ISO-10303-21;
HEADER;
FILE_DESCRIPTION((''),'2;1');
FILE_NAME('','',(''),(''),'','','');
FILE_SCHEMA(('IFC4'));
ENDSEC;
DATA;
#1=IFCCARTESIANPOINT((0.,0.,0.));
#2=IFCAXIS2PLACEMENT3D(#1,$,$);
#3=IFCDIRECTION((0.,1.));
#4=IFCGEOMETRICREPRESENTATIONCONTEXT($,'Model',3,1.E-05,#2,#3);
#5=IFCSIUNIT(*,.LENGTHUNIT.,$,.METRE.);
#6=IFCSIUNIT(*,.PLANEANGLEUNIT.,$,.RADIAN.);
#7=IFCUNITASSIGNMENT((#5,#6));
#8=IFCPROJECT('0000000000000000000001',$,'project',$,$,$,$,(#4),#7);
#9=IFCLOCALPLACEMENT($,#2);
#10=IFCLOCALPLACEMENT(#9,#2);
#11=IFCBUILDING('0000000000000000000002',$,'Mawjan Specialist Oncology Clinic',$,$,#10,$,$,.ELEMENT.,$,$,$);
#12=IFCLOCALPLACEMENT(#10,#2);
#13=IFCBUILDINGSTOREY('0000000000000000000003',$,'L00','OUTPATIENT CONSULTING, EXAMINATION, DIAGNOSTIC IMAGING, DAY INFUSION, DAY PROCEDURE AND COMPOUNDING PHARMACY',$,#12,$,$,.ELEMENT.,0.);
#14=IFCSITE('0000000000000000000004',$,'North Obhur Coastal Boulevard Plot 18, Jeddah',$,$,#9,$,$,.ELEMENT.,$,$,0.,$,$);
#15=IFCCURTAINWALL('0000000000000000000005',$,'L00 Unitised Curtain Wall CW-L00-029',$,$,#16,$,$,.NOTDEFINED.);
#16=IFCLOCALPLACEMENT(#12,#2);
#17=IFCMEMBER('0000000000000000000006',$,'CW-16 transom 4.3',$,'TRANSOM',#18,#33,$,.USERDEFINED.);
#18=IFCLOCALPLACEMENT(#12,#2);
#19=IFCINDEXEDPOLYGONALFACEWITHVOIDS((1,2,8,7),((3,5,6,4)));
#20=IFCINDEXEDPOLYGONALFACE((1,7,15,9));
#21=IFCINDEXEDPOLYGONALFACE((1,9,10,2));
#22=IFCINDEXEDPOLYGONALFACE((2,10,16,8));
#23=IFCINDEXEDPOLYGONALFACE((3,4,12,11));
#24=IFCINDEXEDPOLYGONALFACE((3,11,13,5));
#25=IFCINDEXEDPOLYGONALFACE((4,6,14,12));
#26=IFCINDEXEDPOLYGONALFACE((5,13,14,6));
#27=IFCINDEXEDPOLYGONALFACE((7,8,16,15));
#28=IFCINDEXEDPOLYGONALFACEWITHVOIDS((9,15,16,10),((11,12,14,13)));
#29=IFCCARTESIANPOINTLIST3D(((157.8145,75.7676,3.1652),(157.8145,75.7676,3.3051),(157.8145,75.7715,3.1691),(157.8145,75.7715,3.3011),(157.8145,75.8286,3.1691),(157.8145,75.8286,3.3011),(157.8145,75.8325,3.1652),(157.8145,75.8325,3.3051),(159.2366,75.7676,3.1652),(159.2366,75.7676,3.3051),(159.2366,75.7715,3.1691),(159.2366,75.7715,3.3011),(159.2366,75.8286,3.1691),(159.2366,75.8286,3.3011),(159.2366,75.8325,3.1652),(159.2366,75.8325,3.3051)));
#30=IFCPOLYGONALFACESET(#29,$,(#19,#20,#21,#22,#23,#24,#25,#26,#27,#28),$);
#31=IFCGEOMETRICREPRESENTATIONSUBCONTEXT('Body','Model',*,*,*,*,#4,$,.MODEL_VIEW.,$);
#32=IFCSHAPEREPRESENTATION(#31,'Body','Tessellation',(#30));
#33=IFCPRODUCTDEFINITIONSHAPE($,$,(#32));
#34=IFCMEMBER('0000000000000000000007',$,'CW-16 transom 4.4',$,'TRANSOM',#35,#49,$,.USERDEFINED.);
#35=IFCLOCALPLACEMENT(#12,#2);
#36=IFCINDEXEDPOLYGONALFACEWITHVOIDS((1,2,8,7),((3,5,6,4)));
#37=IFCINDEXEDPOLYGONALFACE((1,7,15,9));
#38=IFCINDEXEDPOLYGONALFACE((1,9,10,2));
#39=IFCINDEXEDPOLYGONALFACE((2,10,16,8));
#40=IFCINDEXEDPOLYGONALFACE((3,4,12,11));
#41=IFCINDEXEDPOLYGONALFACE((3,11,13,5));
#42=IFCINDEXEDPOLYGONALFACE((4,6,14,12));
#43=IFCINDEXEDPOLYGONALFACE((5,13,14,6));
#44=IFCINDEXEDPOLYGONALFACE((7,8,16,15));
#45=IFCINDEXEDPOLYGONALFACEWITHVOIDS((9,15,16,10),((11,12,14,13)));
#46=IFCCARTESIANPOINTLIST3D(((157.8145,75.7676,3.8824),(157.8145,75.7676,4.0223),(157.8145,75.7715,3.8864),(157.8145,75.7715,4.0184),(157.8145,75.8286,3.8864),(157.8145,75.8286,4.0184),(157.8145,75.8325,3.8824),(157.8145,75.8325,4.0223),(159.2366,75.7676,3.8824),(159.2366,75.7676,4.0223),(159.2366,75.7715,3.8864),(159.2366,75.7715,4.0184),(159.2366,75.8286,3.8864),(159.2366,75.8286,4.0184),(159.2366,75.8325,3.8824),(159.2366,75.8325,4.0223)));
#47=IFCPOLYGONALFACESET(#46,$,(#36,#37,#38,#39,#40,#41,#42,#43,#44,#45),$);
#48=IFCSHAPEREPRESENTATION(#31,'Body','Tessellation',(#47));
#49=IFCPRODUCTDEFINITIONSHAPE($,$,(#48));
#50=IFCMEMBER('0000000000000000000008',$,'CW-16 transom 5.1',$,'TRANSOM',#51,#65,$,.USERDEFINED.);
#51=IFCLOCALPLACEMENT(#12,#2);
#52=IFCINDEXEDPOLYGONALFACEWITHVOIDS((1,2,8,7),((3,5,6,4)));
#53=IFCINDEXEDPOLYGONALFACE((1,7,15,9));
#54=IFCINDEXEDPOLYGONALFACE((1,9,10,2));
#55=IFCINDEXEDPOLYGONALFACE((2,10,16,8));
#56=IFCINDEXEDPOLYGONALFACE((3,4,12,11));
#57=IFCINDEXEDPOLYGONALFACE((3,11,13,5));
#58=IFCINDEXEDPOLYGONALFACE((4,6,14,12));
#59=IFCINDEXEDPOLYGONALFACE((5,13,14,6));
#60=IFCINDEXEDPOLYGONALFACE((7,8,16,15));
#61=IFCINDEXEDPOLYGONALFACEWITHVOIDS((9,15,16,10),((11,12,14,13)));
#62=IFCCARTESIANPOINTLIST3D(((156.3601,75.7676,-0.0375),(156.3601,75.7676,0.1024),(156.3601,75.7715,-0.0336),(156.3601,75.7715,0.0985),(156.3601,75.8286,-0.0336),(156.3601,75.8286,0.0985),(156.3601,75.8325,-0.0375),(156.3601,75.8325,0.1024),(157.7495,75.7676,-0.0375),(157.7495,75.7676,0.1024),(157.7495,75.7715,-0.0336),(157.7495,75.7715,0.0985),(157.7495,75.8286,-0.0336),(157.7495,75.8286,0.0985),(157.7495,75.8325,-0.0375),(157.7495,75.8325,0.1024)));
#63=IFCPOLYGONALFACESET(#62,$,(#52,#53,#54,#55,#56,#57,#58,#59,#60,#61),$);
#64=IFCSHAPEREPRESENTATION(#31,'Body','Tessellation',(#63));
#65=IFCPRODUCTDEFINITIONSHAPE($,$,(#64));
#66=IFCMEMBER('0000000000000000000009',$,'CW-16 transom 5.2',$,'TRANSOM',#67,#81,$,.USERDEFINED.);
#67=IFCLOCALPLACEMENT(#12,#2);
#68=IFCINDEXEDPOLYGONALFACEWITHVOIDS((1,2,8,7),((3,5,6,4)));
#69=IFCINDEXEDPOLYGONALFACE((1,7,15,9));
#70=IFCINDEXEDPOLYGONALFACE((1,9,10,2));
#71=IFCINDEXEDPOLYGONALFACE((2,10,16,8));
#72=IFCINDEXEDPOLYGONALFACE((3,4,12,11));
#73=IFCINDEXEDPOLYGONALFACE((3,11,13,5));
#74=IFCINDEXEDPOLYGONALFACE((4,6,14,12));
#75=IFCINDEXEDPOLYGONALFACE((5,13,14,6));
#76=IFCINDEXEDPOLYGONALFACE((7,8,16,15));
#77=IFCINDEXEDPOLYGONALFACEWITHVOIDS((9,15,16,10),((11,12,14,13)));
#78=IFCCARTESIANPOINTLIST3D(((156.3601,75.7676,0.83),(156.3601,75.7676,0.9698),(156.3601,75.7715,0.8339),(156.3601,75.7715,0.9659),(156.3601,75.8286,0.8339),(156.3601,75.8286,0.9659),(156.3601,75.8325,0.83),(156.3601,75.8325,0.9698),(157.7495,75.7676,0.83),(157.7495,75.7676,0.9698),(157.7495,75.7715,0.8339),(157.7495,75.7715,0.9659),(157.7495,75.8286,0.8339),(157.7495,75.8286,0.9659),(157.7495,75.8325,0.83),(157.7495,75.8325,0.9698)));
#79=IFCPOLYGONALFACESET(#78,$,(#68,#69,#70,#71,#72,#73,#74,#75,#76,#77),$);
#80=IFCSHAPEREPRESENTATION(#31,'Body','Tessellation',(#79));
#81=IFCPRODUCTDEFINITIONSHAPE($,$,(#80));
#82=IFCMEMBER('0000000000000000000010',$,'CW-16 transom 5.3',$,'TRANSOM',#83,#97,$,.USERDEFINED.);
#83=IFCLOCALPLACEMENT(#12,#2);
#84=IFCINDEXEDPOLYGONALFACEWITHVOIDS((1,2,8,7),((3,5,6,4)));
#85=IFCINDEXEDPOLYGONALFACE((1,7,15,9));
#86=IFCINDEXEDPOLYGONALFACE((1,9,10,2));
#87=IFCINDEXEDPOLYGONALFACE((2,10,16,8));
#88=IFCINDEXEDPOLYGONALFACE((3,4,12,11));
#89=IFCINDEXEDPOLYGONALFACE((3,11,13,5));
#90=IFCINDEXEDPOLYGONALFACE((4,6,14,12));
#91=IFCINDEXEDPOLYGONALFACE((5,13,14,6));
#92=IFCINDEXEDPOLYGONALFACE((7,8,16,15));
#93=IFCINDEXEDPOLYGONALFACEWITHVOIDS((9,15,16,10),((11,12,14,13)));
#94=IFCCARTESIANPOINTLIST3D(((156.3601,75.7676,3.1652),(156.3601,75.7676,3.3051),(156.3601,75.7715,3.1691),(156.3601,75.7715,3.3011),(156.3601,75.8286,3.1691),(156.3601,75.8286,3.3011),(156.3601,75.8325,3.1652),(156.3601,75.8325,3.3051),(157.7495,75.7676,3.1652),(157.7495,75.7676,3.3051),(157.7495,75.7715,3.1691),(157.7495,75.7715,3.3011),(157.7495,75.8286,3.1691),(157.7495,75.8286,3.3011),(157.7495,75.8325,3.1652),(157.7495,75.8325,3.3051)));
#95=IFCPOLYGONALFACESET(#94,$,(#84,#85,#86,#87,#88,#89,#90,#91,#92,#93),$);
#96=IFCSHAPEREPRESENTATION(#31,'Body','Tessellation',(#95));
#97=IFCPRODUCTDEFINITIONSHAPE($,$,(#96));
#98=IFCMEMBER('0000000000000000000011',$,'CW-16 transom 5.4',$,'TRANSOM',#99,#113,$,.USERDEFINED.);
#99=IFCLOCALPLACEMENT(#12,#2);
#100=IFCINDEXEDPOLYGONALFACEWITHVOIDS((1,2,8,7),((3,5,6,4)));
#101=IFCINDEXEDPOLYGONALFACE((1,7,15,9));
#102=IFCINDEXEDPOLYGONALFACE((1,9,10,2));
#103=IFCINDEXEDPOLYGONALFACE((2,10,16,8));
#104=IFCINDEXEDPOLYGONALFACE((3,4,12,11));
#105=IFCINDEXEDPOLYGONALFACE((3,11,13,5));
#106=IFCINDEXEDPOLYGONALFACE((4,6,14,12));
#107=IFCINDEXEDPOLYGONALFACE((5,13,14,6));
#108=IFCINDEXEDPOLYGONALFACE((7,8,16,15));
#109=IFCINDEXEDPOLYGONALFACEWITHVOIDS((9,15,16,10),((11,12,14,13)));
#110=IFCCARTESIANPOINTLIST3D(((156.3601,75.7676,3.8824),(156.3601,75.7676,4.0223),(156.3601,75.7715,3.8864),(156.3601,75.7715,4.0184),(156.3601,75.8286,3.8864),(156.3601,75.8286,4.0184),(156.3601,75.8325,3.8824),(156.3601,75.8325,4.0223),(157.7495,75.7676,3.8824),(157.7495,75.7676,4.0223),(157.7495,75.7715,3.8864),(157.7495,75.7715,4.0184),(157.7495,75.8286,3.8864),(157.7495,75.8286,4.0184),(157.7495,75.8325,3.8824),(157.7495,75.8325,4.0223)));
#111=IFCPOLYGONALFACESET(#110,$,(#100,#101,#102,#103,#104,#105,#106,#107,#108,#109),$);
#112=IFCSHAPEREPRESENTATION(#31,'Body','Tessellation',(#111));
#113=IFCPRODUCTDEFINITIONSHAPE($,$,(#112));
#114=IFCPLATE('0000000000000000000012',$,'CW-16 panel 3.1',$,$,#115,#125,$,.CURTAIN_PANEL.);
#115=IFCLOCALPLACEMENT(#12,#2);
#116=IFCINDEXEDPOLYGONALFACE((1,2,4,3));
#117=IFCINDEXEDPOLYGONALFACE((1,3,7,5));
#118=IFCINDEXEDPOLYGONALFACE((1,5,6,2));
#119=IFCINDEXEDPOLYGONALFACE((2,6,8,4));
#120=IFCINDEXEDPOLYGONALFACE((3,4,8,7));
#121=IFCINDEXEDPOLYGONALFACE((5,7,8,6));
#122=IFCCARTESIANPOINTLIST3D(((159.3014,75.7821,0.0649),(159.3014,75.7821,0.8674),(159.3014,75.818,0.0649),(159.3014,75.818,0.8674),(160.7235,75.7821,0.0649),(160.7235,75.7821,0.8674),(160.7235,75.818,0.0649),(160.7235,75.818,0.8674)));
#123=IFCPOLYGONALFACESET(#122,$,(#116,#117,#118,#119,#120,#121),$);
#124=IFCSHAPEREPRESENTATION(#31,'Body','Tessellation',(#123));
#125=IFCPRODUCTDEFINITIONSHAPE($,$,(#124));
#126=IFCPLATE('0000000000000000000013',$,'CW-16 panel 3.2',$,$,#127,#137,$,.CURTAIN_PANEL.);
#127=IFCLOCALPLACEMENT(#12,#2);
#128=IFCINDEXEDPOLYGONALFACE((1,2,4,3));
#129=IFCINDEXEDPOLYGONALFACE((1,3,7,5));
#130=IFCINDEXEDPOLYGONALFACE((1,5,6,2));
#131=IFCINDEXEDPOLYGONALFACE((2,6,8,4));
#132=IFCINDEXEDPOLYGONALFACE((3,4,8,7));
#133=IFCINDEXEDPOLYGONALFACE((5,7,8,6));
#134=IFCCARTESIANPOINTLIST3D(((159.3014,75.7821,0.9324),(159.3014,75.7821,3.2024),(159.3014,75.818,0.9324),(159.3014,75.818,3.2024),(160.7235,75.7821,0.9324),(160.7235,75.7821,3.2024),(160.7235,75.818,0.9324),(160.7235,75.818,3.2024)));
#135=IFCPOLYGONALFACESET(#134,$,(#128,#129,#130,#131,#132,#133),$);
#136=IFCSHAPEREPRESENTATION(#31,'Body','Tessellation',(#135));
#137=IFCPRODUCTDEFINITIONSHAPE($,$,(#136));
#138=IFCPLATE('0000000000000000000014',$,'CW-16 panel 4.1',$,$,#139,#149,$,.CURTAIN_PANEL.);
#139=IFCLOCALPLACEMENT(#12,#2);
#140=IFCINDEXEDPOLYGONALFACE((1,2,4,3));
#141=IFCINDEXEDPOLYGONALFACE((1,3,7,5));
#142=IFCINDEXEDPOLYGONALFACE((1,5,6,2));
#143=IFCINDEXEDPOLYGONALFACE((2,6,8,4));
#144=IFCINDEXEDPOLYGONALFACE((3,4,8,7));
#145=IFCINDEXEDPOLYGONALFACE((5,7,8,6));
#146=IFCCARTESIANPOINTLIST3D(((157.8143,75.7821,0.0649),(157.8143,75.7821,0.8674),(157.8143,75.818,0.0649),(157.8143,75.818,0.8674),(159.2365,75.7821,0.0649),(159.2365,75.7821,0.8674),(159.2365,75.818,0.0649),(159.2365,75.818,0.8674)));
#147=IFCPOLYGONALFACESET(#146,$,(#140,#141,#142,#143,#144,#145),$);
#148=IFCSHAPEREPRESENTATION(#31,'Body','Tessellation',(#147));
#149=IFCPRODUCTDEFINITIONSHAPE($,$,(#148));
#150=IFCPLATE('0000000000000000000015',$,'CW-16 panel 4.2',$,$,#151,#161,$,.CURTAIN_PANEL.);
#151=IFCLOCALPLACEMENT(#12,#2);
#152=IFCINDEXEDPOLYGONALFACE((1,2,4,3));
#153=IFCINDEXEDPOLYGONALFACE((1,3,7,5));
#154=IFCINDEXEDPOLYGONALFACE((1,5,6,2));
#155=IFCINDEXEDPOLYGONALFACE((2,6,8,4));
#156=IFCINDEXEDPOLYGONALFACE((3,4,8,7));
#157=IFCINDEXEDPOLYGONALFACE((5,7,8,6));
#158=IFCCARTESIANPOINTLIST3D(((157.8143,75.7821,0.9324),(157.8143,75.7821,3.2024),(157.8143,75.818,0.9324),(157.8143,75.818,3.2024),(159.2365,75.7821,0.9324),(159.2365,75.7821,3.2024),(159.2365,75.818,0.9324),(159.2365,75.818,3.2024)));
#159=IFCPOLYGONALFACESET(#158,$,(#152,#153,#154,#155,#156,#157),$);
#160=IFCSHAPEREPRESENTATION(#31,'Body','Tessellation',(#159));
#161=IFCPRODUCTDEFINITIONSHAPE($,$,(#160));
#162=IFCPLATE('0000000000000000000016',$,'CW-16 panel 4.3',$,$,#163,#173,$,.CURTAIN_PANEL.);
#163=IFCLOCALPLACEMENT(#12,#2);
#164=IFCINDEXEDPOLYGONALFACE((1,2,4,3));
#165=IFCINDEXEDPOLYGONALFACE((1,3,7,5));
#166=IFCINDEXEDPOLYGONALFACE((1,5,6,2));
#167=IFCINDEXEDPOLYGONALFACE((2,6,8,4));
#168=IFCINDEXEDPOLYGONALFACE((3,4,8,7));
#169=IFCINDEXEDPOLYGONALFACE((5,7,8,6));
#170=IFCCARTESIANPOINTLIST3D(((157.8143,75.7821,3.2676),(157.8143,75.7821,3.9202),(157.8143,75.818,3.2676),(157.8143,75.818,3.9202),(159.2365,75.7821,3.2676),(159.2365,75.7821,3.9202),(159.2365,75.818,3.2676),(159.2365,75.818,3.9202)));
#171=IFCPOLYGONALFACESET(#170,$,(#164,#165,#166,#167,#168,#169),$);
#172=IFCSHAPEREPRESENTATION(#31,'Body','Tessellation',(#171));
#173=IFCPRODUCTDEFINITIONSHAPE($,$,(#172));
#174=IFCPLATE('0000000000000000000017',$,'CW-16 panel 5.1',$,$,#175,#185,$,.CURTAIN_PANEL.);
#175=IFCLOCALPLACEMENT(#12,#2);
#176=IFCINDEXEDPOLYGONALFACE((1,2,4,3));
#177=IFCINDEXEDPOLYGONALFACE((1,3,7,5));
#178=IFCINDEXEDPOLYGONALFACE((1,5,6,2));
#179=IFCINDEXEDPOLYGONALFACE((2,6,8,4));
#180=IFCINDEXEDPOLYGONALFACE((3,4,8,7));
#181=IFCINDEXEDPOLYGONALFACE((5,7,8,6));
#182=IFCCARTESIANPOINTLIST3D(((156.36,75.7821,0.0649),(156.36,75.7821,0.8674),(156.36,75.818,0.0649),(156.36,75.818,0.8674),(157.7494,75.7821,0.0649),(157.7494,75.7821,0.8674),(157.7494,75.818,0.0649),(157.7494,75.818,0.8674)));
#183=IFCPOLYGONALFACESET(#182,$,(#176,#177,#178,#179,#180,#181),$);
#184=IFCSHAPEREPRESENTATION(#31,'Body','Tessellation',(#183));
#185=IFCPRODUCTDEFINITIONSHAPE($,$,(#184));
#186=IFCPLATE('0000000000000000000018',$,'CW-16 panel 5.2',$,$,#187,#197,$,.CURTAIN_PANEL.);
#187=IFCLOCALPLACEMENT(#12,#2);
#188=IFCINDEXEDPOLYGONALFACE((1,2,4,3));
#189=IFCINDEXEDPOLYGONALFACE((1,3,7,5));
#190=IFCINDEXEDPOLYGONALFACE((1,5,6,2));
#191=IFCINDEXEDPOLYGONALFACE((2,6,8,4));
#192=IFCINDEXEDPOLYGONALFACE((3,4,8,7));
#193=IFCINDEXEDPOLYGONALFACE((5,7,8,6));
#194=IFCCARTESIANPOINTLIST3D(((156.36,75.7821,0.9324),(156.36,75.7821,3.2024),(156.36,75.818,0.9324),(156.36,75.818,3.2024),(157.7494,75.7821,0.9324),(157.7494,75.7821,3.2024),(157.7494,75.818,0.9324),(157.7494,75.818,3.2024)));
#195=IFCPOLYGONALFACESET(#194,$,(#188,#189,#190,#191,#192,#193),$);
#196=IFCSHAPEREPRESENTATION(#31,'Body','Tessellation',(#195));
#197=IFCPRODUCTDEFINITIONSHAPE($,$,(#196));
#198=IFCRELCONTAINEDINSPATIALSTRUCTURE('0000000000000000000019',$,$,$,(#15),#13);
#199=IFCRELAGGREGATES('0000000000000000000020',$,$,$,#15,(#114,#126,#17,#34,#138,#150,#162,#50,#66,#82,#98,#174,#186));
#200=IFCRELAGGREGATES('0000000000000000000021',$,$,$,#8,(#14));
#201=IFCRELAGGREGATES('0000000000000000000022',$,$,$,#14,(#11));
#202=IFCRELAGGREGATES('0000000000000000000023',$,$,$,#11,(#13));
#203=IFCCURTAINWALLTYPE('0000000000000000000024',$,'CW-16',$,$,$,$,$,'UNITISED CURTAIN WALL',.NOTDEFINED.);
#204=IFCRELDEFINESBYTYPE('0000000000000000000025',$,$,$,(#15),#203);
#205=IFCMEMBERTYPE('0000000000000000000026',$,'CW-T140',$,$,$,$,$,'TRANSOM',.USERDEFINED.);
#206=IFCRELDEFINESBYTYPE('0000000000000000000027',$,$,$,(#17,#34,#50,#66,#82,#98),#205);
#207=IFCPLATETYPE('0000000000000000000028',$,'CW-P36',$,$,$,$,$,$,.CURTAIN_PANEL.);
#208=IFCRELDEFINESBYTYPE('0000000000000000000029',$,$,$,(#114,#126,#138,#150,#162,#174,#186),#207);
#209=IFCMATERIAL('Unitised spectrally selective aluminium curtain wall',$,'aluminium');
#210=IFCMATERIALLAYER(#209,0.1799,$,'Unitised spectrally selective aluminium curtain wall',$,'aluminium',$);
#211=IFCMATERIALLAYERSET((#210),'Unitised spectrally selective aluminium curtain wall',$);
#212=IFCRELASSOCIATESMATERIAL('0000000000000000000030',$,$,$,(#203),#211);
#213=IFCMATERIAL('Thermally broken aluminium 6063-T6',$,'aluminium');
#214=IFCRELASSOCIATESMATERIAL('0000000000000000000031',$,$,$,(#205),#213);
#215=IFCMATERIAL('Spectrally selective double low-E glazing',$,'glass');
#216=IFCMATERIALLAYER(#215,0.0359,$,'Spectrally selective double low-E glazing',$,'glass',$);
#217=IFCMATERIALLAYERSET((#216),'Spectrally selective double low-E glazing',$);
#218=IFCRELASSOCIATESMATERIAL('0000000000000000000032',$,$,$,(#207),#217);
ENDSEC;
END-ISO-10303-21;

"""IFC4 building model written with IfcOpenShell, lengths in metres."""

from ifc_helpers import new_model, si_unit, direction, frame, origin, origin_2d, place, context, subcontext, project, spatial, rectangle, hollow_rectangle, extrude, material, layer, layer_set, material_profile, profile_set, type_object, element, aggregate, save


model = new_model("IFC4")

# Units and contexts
model_context = context("Model", 3, precision=1e-05, world=origin(), true_north=direction((0.0, 1.0)))
body_context = subcontext(model_context, "Body", "Model", "MODEL_VIEW")
ifc_project = project(units=[si_unit("LENGTHUNIT", "METRE"), si_unit("PLANEANGLEUNIT", "RADIAN")], contexts=[model_context])

# Site, building, storey
site_placement = place(None, origin())
site = spatial("IfcSite", under=ifc_project, at=site_placement, Name="North Obhur Coastal Boulevard Plot 18, Jeddah", CompositionType="ELEMENT", RefElevation=0.0)
building_placement = place(site_placement, origin())
building = spatial("IfcBuilding", under=site, at=building_placement, Name="Mawjan Specialist Oncology Clinic", CompositionType="ELEMENT")
storey_placement = place(building_placement, origin())
storey = spatial("IfcBuildingStorey", under=building, at=storey_placement, Name="L00", Description="OUTPATIENT CONSULTING, EXAMINATION, DIAGNOSTIC IMAGING, DAY INFUSION, DAY PROCEDURE AND COMPOUNDING PHARMACY", CompositionType="ELEMENT", Elevation=0.0)

# Curtain wall, members, plates
ifc_material_1 = material(Name="Unitised spectrally selective aluminium curtain wall", Category="aluminium")
ifc_layer_1 = layer(ifc_material_1, 0.1799, Name="Unitised spectrally selective aluminium curtain wall", Category="aluminium")
ifc_layer_set_1 = layer_set([ifc_layer_1], Name="Unitised spectrally selective aluminium curtain wall")
curtain_wall_type = type_object("IfcCurtainWallType", Name="CW-16", ElementType="UNITISED CURTAIN WALL", PredefinedType="NOTDEFINED", material=ifc_layer_set_1)
curtain_wall_placement = place(storey_placement, origin())
curtain_wall = element("IfcCurtainWall", 1, at=curtain_wall_placement, inside=storey, type_object=curtain_wall_type, Name="L00 Unitised Curtain Wall CW-L00-029", PredefinedType="NOTDEFINED")
ifc_material_2 = material(Name="Thermally broken aluminium 6063-T6", Category="aluminium")
ifc_material_profile_1 = material_profile(ifc_material_2, hollow_rectangle(XDim=0.0649, YDim=0.1399, WallThickness=0.0039, at=origin_2d()), Name="ALU TRANSOM 140x65x4", Category="aluminium")
ifc_profile_set_1 = profile_set([ifc_material_profile_1], Name="Thermally broken aluminium 6063-T6")
member_type_1 = type_object("IfcMemberType", Name="CW-T140", ElementType="TRANSOM", PredefinedType="USERDEFINED", material=ifc_profile_set_1)
member_1_placement = place(storey_placement, frame((159.2366, 75.8, 3.2351), z_axis=(-1.0, 0.0, 0.0), x_axis=(0.0, -1.0, 0.0)))
member_1 = element("IfcMember", 2, at=member_1_placement, type_object=member_type_1, Name="CW-16 transom 4.3", ObjectType="TRANSOM", PredefinedType="USERDEFINED", context=body_context, shape_type="SweptSolid", body=[
    extrude(hollow_rectangle(XDim=0.0649, YDim=0.1399, WallThickness=0.0039, at=origin_2d()), origin(), (0.0, 0.0, 1.0), 1.4221),
])
member_2_placement = place(storey_placement, frame((159.2366, 75.8, 3.9524), z_axis=(-1.0, 0.0, 0.0), x_axis=(0.0, -1.0, 0.0)))
member_2 = element("IfcMember", 3, at=member_2_placement, type_object=member_type_1, Name="CW-16 transom 4.4", ObjectType="TRANSOM", PredefinedType="USERDEFINED", context=body_context, shape_type="SweptSolid", body=[
    extrude(hollow_rectangle(XDim=0.0649, YDim=0.1399, WallThickness=0.0039, at=origin_2d()), origin(), (0.0, 0.0, 1.0), 1.4221),
])
member_3_placement = place(storey_placement, frame((157.7495, 75.8, 0.0325), z_axis=(-1.0, 0.0, 0.0), x_axis=(0.0, -1.0, 0.0)))
member_3 = element("IfcMember", 4, at=member_3_placement, type_object=member_type_1, Name="CW-16 transom 5.1", ObjectType="TRANSOM", PredefinedType="USERDEFINED", context=body_context, shape_type="SweptSolid", body=[
    extrude(hollow_rectangle(XDim=0.0649, YDim=0.1399, WallThickness=0.0039, at=origin_2d()), origin(), (0.0, 0.0, 1.0), 1.3894),
])
member_4_placement = place(storey_placement, frame((157.7495, 75.8, 0.8999), z_axis=(-1.0, 0.0, 0.0), x_axis=(0.0, -1.0, 0.0)))
member_4 = element("IfcMember", 5, at=member_4_placement, type_object=member_type_1, Name="CW-16 transom 5.2", ObjectType="TRANSOM", PredefinedType="USERDEFINED", context=body_context, shape_type="SweptSolid", body=[
    extrude(hollow_rectangle(XDim=0.0649, YDim=0.1399, WallThickness=0.0039, at=origin_2d()), origin(), (0.0, 0.0, 1.0), 1.3894),
])
member_5_placement = place(storey_placement, frame((157.7495, 75.8, 3.2351), z_axis=(-1.0, 0.0, 0.0), x_axis=(0.0, -1.0, 0.0)))
member_5 = element("IfcMember", 6, at=member_5_placement, type_object=member_type_1, Name="CW-16 transom 5.3", ObjectType="TRANSOM", PredefinedType="USERDEFINED", context=body_context, shape_type="SweptSolid", body=[
    extrude(hollow_rectangle(XDim=0.0649, YDim=0.1399, WallThickness=0.0039, at=origin_2d()), origin(), (0.0, 0.0, 1.0), 1.3894),
])
member_6_placement = place(storey_placement, frame((157.7495, 75.8, 3.9524), z_axis=(-1.0, 0.0, 0.0), x_axis=(0.0, -1.0, 0.0)))
member_6 = element("IfcMember", 7, at=member_6_placement, type_object=member_type_1, Name="CW-16 transom 5.4", ObjectType="TRANSOM", PredefinedType="USERDEFINED", context=body_context, shape_type="SweptSolid", body=[
    extrude(hollow_rectangle(XDim=0.0649, YDim=0.1399, WallThickness=0.0039, at=origin_2d()), origin(), (0.0, 0.0, 1.0), 1.3894),
])
ifc_material_3 = material(Name="Spectrally selective double low-E glazing", Category="glass")
ifc_layer_2 = layer(ifc_material_3, 0.0359, Name="Spectrally selective double low-E glazing", Category="glass")
ifc_layer_set_2 = layer_set([ifc_layer_2], Name="Spectrally selective double low-E glazing")
plate_type = type_object("IfcPlateType", Name="CW-P36", PredefinedType="CURTAIN_PANEL", material=ifc_layer_set_2)
plate_1_placement = place(storey_placement, frame((160.0125, 75.8, 0.0649), z_axis=(0.0, 0.0, 1.0), x_axis=(-1.0, 0.0, 0.0)))
plate_1 = element("IfcPlate", 8, at=plate_1_placement, type_object=plate_type, Name="CW-16 panel 3.1", PredefinedType="CURTAIN_PANEL", context=body_context, shape_type="SweptSolid", body=[
    extrude(rectangle(XDim=1.4221, YDim=0.0359, at=origin_2d()), origin(), (0.0, 0.0, 1.0), 0.8025),
])
plate_2_placement = place(storey_placement, frame((160.0125, 75.8, 0.9324), z_axis=(0.0, 0.0, 1.0), x_axis=(-1.0, 0.0, 0.0)))
plate_2 = element("IfcPlate", 9, at=plate_2_placement, type_object=plate_type, Name="CW-16 panel 3.2", PredefinedType="CURTAIN_PANEL", context=body_context, shape_type="SweptSolid", body=[
    extrude(rectangle(XDim=1.4221, YDim=0.0359, at=origin_2d()), origin(), (0.0, 0.0, 1.0), 2.27),
])
plate_3_placement = place(storey_placement, frame((158.5254, 75.8, 0.0649), z_axis=(0.0, 0.0, 1.0), x_axis=(-1.0, 0.0, 0.0)))
plate_3 = element("IfcPlate", 10, at=plate_3_placement, type_object=plate_type, Name="CW-16 panel 4.1", PredefinedType="CURTAIN_PANEL", context=body_context, shape_type="SweptSolid", body=[
    extrude(rectangle(XDim=1.4221, YDim=0.0359, at=origin_2d()), origin(), (0.0, 0.0, 1.0), 0.8025),
])
plate_4_placement = place(storey_placement, frame((158.5254, 75.8, 0.9324), z_axis=(0.0, 0.0, 1.0), x_axis=(-1.0, 0.0, 0.0)))
plate_4 = element("IfcPlate", 11, at=plate_4_placement, type_object=plate_type, Name="CW-16 panel 4.2", PredefinedType="CURTAIN_PANEL", context=body_context, shape_type="SweptSolid", body=[
    extrude(rectangle(XDim=1.4221, YDim=0.0359, at=origin_2d()), origin(), (0.0, 0.0, 1.0), 2.27),
])
plate_5_placement = place(storey_placement, frame((158.5254, 75.8, 3.2676), z_axis=(0.0, 0.0, 1.0), x_axis=(-1.0, 0.0, 0.0)))
plate_5 = element("IfcPlate", 12, at=plate_5_placement, type_object=plate_type, Name="CW-16 panel 4.3", PredefinedType="CURTAIN_PANEL", context=body_context, shape_type="SweptSolid", body=[
    extrude(rectangle(XDim=1.4221, YDim=0.0359, at=origin_2d()), origin(), (0.0, 0.0, 1.0), 0.6526),
])
plate_6_placement = place(storey_placement, frame((157.0547, 75.8, 0.0649), z_axis=(0.0, 0.0, 1.0), x_axis=(-1.0, 0.0, 0.0)))
plate_6 = element("IfcPlate", 13, at=plate_6_placement, type_object=plate_type, Name="CW-16 panel 5.1", PredefinedType="CURTAIN_PANEL", context=body_context, shape_type="SweptSolid", body=[
    extrude(rectangle(XDim=1.3894, YDim=0.0359, at=origin_2d()), origin(), (0.0, 0.0, 1.0), 0.8025),
])
plate_7_placement = place(storey_placement, frame((157.0547, 75.8, 0.9324), z_axis=(0.0, 0.0, 1.0), x_axis=(-1.0, 0.0, 0.0)))
plate_7 = element("IfcPlate", 14, at=plate_7_placement, type_object=plate_type, Name="CW-16 panel 5.2", PredefinedType="CURTAIN_PANEL", context=body_context, shape_type="SweptSolid", body=[
    extrude(rectangle(XDim=1.3894, YDim=0.0359, at=origin_2d()), origin(), (0.0, 0.0, 1.0), 2.27),
])
aggregate(curtain_wall, [plate_1, plate_2, member_1, member_2, plate_3, plate_4, plate_5, member_3, member_4, member_5, member_6, plate_6, plate_7])

save(model, "model.ifc")
